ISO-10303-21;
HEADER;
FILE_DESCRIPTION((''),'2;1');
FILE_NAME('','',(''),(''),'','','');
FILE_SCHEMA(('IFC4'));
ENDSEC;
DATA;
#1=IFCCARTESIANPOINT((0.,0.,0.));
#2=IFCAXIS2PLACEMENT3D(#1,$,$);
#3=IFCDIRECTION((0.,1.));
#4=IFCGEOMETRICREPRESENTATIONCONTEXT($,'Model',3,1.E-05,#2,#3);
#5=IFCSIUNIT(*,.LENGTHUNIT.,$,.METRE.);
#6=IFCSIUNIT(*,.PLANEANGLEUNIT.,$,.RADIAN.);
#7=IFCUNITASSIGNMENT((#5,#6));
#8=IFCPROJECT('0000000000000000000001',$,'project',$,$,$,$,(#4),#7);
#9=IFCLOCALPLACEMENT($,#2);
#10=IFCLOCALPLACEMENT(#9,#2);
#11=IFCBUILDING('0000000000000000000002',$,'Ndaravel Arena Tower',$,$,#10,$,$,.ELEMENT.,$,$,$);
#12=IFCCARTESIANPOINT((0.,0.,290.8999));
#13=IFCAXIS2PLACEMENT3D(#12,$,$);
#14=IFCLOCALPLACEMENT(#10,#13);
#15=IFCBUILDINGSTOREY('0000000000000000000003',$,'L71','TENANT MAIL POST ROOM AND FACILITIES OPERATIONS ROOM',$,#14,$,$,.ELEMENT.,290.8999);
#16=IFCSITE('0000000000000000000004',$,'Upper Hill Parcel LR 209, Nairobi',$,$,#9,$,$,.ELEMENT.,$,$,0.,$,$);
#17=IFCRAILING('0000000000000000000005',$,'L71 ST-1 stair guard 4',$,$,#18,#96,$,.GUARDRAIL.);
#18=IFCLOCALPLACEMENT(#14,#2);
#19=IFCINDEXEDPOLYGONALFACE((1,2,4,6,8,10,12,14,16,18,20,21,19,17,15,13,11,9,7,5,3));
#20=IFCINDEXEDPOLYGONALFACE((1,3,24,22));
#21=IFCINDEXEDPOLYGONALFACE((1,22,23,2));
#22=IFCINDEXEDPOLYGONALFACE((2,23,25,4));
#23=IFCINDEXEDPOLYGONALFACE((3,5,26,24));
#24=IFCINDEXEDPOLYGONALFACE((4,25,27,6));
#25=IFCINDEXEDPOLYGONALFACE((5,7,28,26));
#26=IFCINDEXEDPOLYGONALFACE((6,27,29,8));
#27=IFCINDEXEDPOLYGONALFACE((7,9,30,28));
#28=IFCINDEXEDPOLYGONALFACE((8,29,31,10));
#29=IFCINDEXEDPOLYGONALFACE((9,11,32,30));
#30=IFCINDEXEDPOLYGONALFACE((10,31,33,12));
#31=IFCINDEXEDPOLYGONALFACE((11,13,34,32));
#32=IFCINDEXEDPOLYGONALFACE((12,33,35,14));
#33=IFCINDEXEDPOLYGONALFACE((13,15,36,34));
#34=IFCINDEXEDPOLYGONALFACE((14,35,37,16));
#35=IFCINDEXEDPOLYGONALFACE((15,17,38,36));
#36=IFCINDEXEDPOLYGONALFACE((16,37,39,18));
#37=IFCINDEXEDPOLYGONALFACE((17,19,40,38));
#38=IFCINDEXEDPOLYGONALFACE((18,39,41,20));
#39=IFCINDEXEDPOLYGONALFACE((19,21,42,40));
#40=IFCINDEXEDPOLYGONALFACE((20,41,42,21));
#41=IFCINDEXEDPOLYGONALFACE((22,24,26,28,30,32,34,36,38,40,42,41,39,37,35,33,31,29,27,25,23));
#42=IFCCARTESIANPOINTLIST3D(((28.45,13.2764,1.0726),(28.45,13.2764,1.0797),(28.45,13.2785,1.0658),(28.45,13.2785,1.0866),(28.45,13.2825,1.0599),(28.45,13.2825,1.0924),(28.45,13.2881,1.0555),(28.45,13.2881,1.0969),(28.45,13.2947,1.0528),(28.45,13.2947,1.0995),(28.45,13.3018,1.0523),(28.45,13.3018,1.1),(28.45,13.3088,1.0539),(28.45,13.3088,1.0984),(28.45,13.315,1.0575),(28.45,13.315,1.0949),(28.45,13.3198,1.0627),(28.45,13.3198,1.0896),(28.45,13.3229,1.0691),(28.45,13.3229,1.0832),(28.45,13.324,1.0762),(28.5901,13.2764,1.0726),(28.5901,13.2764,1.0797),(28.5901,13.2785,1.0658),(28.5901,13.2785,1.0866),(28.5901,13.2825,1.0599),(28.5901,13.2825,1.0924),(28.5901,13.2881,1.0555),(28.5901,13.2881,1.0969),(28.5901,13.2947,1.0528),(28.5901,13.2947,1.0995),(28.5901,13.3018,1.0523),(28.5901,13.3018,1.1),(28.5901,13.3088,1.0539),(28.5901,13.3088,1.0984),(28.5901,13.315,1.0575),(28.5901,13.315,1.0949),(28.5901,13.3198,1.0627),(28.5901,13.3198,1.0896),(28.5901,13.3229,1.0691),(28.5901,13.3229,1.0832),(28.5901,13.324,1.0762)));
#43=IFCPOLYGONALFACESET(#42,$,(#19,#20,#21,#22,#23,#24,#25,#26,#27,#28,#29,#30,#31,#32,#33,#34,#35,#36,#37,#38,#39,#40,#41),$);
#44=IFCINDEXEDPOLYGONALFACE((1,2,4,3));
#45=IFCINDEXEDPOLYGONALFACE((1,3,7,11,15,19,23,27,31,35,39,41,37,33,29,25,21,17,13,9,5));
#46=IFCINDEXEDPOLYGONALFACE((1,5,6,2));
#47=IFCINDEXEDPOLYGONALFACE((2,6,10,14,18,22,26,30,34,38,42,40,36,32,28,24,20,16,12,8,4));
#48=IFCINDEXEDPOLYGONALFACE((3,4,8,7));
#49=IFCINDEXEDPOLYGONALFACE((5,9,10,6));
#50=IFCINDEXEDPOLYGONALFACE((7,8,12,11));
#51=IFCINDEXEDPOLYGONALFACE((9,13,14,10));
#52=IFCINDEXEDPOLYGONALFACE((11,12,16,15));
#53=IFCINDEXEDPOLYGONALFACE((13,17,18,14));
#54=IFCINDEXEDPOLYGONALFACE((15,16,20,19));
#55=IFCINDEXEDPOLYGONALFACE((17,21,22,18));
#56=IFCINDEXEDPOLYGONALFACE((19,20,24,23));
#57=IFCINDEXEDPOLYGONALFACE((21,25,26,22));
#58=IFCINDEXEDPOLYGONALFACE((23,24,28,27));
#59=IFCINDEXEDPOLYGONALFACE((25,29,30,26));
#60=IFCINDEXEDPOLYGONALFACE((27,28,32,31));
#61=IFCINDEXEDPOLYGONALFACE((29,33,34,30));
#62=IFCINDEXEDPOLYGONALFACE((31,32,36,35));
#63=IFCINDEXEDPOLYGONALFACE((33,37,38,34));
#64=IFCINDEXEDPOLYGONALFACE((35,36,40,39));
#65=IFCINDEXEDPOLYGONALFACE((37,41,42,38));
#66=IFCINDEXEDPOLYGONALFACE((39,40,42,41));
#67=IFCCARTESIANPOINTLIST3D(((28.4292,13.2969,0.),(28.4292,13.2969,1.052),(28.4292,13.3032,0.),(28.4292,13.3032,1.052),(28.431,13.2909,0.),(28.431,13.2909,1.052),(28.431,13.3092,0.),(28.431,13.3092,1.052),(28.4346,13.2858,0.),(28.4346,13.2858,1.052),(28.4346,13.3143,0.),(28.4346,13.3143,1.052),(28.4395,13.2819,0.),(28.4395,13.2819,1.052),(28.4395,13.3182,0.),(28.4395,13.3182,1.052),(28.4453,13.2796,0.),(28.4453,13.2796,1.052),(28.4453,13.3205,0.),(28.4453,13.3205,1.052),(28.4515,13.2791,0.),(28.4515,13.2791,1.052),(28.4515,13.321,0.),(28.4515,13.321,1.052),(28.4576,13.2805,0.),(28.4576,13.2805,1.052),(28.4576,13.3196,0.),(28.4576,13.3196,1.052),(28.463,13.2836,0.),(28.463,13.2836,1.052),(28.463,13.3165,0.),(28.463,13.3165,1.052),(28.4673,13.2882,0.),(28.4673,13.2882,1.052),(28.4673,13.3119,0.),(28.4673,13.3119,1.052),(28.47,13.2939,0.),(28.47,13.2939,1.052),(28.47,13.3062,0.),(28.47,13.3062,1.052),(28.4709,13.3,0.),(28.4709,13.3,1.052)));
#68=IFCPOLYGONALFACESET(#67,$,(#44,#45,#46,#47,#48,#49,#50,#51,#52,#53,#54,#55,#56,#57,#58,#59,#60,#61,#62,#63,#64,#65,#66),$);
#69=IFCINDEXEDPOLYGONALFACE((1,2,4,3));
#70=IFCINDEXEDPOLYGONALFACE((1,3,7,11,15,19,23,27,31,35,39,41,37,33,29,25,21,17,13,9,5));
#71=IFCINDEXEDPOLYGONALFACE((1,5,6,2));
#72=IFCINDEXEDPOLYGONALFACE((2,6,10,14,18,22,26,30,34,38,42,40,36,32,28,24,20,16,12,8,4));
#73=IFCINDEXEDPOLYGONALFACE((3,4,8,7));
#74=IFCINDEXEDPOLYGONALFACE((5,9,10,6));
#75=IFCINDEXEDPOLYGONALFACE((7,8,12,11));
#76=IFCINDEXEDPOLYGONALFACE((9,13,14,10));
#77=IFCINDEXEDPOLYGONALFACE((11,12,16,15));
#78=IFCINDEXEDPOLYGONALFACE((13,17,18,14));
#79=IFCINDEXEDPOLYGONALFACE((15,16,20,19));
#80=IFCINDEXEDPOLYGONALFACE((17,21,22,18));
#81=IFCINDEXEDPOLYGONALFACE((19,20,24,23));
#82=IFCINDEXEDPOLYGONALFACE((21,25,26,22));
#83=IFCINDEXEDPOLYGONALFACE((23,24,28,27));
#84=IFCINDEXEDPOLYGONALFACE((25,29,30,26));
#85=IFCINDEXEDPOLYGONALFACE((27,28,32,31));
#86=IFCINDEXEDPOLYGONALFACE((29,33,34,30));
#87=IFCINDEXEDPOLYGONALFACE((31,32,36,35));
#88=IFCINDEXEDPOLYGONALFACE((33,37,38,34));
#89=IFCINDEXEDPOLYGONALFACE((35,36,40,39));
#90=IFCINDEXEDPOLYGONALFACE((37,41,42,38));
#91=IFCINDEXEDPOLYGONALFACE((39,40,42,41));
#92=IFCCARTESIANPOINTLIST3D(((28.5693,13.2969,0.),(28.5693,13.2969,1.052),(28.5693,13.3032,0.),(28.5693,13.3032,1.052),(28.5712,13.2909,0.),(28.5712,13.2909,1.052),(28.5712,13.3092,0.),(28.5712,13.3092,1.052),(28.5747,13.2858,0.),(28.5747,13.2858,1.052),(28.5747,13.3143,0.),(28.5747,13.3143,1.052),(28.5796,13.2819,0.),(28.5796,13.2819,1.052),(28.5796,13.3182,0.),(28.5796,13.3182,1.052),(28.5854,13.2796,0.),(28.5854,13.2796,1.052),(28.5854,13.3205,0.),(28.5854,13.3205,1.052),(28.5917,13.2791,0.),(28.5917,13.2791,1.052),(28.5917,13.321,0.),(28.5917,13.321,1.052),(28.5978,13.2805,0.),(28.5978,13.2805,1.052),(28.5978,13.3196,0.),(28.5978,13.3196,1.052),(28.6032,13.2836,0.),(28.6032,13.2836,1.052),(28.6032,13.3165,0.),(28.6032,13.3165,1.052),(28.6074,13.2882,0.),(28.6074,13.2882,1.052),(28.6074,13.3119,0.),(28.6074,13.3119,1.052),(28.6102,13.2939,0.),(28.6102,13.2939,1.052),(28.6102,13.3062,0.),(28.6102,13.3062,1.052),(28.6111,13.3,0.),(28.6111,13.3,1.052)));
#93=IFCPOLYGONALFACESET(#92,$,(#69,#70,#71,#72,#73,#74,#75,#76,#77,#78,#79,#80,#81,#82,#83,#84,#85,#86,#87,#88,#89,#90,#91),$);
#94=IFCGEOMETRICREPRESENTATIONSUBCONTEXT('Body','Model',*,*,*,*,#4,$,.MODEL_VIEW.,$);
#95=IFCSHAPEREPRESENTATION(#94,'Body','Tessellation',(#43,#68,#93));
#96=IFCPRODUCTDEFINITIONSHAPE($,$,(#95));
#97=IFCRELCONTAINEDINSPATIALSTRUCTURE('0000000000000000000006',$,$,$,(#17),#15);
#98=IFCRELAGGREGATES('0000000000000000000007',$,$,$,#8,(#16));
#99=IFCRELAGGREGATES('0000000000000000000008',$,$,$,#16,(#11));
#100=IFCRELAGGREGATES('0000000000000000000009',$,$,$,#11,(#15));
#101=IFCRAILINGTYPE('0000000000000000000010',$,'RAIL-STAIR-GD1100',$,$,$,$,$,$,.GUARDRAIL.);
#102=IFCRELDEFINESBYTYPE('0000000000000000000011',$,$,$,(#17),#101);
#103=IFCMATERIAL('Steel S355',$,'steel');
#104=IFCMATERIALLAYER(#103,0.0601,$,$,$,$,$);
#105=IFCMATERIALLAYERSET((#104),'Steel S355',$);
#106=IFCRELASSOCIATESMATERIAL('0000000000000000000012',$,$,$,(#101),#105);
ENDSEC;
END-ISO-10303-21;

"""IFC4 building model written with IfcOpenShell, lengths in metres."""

from ifc_helpers import new_model, si_unit, direction, frame, origin, origin_2d, place, context, subcontext, project, spatial, circle, extrude, material, layer, layer_set, type_object, element, save


model = new_model("IFC4")

# Units and contexts
model_context = context("Model", 3, precision=1e-05, world=origin(), true_north=direction((0.0, 1.0)))
body_context = subcontext(model_context, "Body", "Model", "MODEL_VIEW")
ifc_project = project(units=[si_unit("LENGTHUNIT", "METRE"), si_unit("PLANEANGLEUNIT", "RADIAN")], contexts=[model_context])

# Site, building, storey
site_placement = place(None, origin())
site = spatial("IfcSite", under=ifc_project, at=site_placement, Name="Upper Hill Parcel LR 209, Nairobi", CompositionType="ELEMENT", RefElevation=0.0)
building_placement = place(site_placement, origin())
building = spatial("IfcBuilding", under=site, at=building_placement, Name="Ndaravel Arena Tower", CompositionType="ELEMENT")
storey_placement = place(building_placement, frame((0.0, 0.0, 290.8999)))
storey = spatial("IfcBuildingStorey", under=building, at=storey_placement, Name="L71", Description="TENANT MAIL POST ROOM AND FACILITIES OPERATIONS ROOM", CompositionType="ELEMENT", Elevation=290.8999)

# Railing
ifc_material_1 = material(Name="Steel S355", Category="steel")
ifc_layer_1 = layer(ifc_material_1, 0.0601)
ifc_layer_set_1 = layer_set([ifc_layer_1], Name="Steel S355")
railing_type_1 = type_object("IfcRailingType", Name="RAIL-STAIR-GD1100", PredefinedType="GUARDRAIL", material=ifc_layer_set_1)
railing_1_placement = place(storey_placement, frame((28.45, 13.3, 0.0)))
element("IfcRailing", 1, at=railing_1_placement, inside=storey, type_object=railing_type_1, Name="L71 ST-1 stair guard 4", PredefinedType="GUARDRAIL", context=body_context, shape_type="SweptSolid", body=[
    extrude(circle(Radius=0.0239, at=origin_2d()), frame((0.0, 0.0, 1.0762), z_axis=(1.0, 0.0, 0.0), x_axis=(0.0, 1.0, 0.0)), (0.0, 0.0, 1.0), 0.1401),
    extrude(circle(Radius=0.021, at=origin_2d()), origin(), (0.0, 0.0, 1.0), 1.052),
    extrude(circle(Radius=0.021, at=origin_2d()), frame((0.1401, 0.0, 0.0)), (0.0, 0.0, 1.0), 1.052),
])

save(model, "model.ifc")
